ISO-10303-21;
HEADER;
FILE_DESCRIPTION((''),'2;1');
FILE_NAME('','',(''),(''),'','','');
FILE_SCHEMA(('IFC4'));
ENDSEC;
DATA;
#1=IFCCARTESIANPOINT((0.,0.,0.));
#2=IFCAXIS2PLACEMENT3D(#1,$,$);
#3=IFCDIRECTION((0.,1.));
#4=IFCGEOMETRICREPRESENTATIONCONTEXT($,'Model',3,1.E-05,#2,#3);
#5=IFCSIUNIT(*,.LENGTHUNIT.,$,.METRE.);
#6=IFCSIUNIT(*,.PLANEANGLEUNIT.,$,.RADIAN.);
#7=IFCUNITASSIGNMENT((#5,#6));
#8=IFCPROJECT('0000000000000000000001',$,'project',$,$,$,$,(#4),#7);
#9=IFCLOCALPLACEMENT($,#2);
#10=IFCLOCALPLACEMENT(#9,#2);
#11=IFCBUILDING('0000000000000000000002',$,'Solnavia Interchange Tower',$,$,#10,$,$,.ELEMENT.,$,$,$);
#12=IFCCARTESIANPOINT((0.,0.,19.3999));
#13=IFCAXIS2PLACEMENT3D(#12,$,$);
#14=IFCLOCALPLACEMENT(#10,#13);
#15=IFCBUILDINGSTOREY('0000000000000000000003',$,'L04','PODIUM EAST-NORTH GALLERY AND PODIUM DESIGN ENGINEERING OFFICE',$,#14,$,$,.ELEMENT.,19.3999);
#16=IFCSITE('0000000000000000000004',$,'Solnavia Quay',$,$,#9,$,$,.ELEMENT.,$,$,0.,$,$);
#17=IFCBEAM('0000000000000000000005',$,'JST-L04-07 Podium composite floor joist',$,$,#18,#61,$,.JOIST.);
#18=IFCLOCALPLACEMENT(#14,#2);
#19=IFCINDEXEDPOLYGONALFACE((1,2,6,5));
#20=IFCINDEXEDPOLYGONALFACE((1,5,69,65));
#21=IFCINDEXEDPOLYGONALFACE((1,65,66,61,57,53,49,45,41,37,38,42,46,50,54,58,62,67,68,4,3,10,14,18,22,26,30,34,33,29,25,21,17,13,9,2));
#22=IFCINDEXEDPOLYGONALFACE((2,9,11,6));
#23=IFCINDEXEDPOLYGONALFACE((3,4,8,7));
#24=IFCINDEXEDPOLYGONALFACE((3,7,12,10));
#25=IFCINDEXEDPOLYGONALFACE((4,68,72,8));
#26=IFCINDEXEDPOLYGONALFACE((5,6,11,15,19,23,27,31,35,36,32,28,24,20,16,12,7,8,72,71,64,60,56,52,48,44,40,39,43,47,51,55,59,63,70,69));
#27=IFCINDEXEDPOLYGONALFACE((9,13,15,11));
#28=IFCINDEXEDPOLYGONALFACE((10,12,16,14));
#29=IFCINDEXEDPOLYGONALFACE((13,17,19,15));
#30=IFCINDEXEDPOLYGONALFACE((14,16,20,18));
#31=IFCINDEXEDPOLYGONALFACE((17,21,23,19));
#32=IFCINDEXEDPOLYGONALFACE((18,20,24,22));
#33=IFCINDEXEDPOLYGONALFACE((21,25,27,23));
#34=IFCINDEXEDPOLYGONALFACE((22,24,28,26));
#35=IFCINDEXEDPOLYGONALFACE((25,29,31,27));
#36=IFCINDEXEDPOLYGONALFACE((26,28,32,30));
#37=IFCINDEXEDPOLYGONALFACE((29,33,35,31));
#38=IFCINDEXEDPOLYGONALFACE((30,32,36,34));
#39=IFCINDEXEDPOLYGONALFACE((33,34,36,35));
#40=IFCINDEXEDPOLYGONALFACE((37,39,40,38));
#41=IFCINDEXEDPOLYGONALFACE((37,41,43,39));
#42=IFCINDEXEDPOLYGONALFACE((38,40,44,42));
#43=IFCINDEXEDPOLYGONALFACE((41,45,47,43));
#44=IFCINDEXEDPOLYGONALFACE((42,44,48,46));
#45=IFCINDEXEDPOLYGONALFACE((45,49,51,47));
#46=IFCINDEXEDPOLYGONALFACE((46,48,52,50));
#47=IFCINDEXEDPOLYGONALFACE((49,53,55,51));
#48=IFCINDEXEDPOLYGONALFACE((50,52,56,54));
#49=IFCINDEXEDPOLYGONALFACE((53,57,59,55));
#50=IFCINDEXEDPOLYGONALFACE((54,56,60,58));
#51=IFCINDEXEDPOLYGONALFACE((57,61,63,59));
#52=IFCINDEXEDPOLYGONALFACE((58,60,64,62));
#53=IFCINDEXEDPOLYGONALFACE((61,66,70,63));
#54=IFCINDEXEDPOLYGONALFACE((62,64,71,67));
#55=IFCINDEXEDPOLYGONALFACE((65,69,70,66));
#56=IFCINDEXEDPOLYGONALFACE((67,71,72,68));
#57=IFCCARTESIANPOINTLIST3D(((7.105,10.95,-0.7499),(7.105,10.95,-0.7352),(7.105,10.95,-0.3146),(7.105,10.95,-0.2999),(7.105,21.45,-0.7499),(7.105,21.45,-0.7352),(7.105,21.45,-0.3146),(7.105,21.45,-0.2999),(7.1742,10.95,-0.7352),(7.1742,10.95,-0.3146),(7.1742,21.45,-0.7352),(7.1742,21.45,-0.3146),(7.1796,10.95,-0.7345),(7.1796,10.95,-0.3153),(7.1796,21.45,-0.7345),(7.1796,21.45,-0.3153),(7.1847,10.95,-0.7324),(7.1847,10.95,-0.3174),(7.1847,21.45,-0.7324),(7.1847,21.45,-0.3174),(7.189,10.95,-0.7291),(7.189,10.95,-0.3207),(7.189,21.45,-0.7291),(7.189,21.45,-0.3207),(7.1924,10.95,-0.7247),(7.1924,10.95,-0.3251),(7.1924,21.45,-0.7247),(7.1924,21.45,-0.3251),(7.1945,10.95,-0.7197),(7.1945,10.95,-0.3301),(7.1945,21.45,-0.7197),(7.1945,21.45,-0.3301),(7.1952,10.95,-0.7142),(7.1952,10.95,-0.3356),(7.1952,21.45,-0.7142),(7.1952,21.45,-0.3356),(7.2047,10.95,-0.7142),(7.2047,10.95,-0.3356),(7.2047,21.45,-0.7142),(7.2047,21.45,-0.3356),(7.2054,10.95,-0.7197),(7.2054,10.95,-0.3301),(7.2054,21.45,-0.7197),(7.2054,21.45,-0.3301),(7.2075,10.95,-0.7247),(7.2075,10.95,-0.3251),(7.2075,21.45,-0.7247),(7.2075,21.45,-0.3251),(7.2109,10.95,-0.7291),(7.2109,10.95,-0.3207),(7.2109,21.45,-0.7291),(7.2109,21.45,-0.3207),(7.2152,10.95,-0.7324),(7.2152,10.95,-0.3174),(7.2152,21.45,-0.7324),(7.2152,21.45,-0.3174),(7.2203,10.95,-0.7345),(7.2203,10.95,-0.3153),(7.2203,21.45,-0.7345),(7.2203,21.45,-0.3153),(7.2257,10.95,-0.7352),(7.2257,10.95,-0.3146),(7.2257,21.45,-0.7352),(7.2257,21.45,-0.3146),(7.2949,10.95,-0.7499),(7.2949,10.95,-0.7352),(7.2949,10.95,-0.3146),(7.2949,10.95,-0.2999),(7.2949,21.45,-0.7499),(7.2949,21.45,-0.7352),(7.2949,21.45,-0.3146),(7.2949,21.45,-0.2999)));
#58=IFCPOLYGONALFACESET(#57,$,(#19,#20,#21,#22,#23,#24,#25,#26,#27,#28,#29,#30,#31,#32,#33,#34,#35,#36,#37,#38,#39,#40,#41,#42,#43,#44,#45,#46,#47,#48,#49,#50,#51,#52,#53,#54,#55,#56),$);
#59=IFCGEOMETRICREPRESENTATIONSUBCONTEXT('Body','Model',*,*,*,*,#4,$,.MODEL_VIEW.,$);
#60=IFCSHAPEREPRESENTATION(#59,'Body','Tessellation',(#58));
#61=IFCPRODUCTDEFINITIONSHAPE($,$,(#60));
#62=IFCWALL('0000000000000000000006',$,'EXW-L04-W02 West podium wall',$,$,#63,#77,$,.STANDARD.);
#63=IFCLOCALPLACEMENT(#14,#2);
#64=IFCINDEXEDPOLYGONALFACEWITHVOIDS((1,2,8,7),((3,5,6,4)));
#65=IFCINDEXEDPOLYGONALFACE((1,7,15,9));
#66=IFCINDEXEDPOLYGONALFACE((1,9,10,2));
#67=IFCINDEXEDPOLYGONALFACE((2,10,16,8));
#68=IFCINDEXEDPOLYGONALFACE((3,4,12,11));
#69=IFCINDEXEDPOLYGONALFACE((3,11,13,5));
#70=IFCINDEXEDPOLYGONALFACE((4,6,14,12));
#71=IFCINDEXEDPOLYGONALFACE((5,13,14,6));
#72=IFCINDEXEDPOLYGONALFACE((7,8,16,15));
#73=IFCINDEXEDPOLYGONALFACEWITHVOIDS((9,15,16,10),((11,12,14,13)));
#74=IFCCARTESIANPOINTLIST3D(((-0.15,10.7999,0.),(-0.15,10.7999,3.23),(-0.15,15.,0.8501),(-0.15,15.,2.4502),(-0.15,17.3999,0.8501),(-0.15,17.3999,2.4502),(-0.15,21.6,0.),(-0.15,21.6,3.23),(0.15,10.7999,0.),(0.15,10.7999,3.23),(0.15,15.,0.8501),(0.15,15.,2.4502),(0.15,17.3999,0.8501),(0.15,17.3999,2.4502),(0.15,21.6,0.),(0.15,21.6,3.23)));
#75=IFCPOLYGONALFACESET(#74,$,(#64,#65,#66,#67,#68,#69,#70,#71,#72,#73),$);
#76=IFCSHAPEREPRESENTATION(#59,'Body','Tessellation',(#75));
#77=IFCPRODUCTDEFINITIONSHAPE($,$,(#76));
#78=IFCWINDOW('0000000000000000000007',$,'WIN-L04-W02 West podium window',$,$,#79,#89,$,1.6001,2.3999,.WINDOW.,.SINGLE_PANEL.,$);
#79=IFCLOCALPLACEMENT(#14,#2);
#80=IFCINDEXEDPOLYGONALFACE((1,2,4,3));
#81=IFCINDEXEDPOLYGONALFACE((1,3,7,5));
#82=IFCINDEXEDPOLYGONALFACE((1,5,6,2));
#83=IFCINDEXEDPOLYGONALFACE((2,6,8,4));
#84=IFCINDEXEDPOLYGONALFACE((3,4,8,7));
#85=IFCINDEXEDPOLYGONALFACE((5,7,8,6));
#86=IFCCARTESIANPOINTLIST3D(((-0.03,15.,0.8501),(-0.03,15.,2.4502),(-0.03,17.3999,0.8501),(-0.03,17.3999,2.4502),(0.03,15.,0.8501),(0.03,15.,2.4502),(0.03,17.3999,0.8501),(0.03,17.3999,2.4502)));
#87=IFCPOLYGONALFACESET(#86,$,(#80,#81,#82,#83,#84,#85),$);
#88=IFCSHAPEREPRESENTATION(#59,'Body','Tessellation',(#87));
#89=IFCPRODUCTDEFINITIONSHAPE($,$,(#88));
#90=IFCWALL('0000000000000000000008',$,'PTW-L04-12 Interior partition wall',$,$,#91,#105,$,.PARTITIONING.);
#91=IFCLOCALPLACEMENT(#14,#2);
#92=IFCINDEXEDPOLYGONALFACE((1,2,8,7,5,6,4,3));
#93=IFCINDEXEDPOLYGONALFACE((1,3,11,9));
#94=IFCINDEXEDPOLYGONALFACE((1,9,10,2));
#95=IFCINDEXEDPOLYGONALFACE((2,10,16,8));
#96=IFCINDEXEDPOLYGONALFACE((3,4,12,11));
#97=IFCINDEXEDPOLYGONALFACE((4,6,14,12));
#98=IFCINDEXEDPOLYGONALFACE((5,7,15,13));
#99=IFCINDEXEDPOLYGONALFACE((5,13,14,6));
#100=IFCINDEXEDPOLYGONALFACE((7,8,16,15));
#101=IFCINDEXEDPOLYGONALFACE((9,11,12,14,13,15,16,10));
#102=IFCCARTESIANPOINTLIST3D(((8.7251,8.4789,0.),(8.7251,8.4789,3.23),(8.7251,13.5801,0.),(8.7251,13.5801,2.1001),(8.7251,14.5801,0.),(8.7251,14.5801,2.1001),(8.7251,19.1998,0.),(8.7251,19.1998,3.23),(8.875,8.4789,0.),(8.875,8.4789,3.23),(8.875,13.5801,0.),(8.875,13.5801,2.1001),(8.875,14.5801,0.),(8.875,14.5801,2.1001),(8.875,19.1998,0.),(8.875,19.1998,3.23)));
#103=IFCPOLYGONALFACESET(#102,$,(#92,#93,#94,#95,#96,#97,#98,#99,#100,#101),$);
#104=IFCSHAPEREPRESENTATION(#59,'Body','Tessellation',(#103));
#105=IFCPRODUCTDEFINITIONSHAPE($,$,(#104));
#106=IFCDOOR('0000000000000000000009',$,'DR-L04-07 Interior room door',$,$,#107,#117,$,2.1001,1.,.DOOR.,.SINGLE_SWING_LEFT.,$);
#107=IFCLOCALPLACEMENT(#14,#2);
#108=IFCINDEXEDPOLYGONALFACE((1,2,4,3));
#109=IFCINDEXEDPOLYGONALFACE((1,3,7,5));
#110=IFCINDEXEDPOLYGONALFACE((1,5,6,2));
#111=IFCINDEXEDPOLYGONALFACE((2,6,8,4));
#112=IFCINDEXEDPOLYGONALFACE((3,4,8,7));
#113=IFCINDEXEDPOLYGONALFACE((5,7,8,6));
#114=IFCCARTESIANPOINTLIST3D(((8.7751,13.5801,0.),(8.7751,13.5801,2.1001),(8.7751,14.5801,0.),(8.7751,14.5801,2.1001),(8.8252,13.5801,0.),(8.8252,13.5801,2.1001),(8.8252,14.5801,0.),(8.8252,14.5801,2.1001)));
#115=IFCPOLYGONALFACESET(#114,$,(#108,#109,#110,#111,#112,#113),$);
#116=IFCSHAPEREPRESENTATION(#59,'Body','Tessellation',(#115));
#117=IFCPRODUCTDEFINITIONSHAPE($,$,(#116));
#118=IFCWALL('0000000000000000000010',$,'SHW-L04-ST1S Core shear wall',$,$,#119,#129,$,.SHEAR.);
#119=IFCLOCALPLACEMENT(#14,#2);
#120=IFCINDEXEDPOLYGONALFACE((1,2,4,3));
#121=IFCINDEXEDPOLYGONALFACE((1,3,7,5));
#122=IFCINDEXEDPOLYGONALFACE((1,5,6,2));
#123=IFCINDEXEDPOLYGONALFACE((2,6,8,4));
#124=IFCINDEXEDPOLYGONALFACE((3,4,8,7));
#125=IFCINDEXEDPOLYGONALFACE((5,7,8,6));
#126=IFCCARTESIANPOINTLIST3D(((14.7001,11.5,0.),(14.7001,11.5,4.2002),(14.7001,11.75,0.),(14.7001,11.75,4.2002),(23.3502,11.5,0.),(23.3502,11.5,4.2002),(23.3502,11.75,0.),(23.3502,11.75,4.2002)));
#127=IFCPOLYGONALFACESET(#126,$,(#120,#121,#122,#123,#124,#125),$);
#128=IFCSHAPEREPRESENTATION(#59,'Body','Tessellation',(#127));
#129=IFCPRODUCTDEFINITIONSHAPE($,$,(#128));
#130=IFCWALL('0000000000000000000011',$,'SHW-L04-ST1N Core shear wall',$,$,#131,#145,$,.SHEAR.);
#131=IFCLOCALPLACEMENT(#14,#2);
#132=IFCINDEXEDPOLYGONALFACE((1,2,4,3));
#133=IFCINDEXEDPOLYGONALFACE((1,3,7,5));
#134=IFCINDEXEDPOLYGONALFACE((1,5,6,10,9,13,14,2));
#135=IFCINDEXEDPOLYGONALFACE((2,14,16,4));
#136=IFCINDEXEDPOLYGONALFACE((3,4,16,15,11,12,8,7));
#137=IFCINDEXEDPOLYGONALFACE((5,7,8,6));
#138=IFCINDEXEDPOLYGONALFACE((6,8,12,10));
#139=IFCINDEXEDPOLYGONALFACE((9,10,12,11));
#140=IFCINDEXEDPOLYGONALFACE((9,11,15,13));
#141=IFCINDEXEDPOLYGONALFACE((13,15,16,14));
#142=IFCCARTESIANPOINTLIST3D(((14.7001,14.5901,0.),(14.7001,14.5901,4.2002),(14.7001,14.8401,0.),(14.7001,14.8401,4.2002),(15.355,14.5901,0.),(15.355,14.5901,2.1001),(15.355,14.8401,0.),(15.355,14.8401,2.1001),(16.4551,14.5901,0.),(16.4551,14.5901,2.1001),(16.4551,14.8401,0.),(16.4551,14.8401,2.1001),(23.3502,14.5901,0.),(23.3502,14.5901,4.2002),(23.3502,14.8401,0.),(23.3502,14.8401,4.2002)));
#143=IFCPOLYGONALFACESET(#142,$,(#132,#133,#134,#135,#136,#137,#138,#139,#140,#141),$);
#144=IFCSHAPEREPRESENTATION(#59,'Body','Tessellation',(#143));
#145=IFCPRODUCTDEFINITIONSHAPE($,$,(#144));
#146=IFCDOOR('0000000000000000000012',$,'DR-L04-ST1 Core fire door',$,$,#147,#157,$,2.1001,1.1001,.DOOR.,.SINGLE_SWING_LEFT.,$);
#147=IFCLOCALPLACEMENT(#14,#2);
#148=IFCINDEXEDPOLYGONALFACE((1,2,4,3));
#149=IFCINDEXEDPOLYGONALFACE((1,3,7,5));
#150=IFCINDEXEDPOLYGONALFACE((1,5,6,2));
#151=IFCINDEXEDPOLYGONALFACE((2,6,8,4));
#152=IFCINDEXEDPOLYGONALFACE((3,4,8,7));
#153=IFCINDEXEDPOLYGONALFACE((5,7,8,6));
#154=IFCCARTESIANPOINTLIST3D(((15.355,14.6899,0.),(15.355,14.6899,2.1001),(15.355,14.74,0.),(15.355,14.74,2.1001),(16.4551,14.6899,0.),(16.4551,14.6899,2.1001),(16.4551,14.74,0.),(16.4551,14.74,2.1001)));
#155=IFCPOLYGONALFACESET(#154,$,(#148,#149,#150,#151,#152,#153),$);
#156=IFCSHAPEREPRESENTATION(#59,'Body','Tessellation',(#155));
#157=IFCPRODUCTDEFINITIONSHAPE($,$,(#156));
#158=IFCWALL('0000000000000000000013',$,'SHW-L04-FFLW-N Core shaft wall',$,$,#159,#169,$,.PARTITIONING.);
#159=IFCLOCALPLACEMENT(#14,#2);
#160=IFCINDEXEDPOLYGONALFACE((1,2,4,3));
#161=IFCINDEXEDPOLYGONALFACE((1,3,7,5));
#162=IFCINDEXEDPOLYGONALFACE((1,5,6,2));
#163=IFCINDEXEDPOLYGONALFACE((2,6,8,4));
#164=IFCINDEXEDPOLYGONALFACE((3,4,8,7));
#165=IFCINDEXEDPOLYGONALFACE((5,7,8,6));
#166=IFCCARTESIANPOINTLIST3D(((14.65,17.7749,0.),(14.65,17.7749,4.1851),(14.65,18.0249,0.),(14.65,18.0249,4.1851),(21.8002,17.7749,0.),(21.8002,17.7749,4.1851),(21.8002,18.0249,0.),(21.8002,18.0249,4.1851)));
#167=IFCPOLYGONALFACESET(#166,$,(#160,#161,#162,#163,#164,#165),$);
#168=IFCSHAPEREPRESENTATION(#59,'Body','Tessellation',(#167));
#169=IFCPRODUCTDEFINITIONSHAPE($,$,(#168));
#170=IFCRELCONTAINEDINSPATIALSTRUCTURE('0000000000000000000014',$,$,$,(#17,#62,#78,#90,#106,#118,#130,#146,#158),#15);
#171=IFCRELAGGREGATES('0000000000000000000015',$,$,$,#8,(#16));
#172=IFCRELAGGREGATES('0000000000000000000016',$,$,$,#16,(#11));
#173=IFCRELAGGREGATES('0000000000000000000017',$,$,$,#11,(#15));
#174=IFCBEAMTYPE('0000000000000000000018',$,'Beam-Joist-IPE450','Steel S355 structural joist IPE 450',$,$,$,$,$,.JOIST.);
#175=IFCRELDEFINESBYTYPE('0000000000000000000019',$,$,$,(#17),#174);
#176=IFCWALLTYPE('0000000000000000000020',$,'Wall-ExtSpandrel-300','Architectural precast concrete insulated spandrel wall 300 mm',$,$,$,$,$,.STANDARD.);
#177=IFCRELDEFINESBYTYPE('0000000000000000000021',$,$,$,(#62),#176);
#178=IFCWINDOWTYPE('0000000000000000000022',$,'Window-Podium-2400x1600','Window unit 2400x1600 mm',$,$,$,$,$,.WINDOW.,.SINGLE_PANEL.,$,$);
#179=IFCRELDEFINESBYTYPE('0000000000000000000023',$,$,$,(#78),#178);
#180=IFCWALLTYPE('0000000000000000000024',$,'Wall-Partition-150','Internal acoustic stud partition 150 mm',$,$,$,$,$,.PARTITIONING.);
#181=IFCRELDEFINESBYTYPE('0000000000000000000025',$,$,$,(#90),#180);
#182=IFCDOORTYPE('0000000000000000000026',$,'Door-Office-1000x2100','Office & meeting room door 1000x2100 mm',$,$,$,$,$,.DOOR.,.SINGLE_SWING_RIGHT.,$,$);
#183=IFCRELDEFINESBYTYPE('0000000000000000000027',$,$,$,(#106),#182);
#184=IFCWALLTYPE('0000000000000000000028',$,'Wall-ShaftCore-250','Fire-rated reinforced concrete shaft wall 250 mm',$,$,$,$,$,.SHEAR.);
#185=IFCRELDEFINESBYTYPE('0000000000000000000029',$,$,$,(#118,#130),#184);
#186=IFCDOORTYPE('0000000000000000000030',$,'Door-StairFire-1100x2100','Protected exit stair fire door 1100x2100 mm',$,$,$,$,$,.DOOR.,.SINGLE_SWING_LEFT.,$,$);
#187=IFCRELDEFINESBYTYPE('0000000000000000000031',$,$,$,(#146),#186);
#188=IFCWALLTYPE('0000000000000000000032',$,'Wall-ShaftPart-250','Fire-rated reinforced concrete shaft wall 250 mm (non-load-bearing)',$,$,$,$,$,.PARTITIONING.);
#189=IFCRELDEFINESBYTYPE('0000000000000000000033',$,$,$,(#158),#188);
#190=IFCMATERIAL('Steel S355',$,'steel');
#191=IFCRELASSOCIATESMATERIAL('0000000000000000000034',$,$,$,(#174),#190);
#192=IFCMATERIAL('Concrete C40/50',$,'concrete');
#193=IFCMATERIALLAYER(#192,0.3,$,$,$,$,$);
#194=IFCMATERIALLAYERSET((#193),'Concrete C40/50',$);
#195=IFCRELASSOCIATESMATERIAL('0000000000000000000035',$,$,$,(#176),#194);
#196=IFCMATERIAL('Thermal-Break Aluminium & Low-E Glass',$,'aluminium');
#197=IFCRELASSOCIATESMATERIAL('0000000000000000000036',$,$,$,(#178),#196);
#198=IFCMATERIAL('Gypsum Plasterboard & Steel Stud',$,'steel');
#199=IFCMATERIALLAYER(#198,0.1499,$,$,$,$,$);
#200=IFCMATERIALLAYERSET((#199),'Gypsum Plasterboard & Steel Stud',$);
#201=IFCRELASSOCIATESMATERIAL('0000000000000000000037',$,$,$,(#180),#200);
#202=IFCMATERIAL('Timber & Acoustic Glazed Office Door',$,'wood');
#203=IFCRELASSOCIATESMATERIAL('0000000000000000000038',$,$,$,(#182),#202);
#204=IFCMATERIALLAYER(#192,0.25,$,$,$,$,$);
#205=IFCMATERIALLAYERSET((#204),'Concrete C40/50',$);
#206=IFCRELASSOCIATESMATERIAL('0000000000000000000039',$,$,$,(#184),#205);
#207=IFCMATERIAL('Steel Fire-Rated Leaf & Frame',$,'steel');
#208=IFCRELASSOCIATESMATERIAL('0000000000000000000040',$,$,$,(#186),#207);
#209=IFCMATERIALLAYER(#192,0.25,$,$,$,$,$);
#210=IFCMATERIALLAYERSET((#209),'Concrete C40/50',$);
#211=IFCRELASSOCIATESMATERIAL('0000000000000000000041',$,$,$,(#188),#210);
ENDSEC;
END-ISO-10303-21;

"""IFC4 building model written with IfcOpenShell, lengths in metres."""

from ifc_helpers import new_model, si_unit, direction, frame, frame_2d, origin, origin_2d, place, context, subcontext, project, spatial, rectangle, i_section, extrude, material, layer, layer_set, material_profile, profile_set, type_object, element, fill, save


model = new_model("IFC4")

# Units and contexts
model_context = context("Model", 3, precision=1e-05, world=origin(), true_north=direction((0.0, 1.0)))
body_context = subcontext(model_context, "Body", "Model", "MODEL_VIEW")
ifc_project = project(units=[si_unit("LENGTHUNIT", "METRE"), si_unit("PLANEANGLEUNIT", "RADIAN")], contexts=[model_context])

# Site, building, storey
site_placement = place(None, origin())
site = spatial("IfcSite", under=ifc_project, at=site_placement, Name="Solnavia Quay", CompositionType="ELEMENT", RefElevation=0.0)
building_placement = place(site_placement, origin())
building = spatial("IfcBuilding", under=site, at=building_placement, Name="Solnavia Interchange Tower", CompositionType="ELEMENT")
storey_placement = place(building_placement, frame((0.0, 0.0, 19.3999)))
storey = spatial("IfcBuildingStorey", under=building, at=storey_placement, Name="L04", Description="PODIUM EAST-NORTH GALLERY AND PODIUM DESIGN ENGINEERING OFFICE", CompositionType="ELEMENT", Elevation=19.3999)

# Beam
ifc_material_1 = material(Name="Steel S355", Category="steel")
ifc_material_profile_1 = material_profile(ifc_material_1, i_section(OverallWidth=0.1899, OverallDepth=0.45, WebThickness=0.0095, FlangeThickness=0.0146, FilletRadius=0.021, at=origin_2d()), Name="IPE 450")
ifc_profile_set_1 = profile_set([ifc_material_profile_1], Name="Steel S355")
beam_type_1 = type_object("IfcBeamType", Name="Beam-Joist-IPE450", Description="Steel S355 structural joist IPE 450", PredefinedType="JOIST", material=ifc_profile_set_1)
for number, where, z_axis, x_axis, name in (
    (1, (7.2, 10.95, -0.5249), (0.0, 1.0, 0.0), (-1.0, 0.0, 0.0), "JST-L04-07 Podium composite floor joist"),
):
    element("IfcBeam", number, at=place(storey_placement, frame(where, z_axis=z_axis, x_axis=x_axis)), inside=storey, type_object=beam_type_1, Name=name, PredefinedType="JOIST", context=body_context, shape_type="SweptSolid", body=[
        extrude(i_section(OverallWidth=0.1899, OverallDepth=0.45, WebThickness=0.0095, FlangeThickness=0.0146, FilletRadius=0.021, at=origin_2d()), origin(), (0.0, 0.0, 1.0), 10.5),
    ])

# Wall, opening, window
ifc_material_2 = material(Name="Concrete C40/50", Category="concrete")
ifc_layer_1 = layer(ifc_material_2, 0.3)
ifc_layer_set_1 = layer_set([ifc_layer_1], Name="Concrete C40/50")
wall_type_1 = type_object("IfcWallType", Name="Wall-ExtSpandrel-300", Description="Architectural precast concrete insulated spandrel wall 300 mm", PredefinedType="STANDARD", material=ifc_layer_set_1)
wall_1_placement = place(storey_placement, frame((0.0, 10.8, 0.0), z_axis=(0.0, 0.0, 1.0), x_axis=(0.0, 1.0, 0.0)))
wall_1 = element("IfcWall", 2, at=wall_1_placement, inside=storey, type_object=wall_type_1, Name="EXW-L04-W02 West podium wall", PredefinedType="STANDARD", context=body_context, shape_type="SweptSolid", body=[
    extrude(rectangle(XDim=10.8, YDim=0.3, at=frame_2d((5.3999, 0.0))), origin(), (0.0, 0.0, 1.0), 3.23),
])
opening_1_placement = place(wall_1_placement, frame((4.2, 0.0, 0.8501)))
opening_1 = element("IfcOpeningElement", 3, at=opening_1_placement, cuts=wall_1, PredefinedType="OPENING", context=body_context, shape_type="SweptSolid", body=[
    extrude(rectangle(XDim=2.3999, YDim=1.6001, at=frame_2d((1.2, 0.8))), frame((0.0, 0.1602, 0.0), z_axis=(0.0, -1.0, 0.0), x_axis=(1.0, 0.0, 0.0)), (0.0, 0.0, 1.0), 0.3201),
])
ifc_material_3 = material(Name="Thermal-Break Aluminium & Low-E Glass", Category="aluminium")
window_type = type_object("IfcWindowType", Name="Window-Podium-2400x1600", Description="Window unit 2400x1600 mm", PartitioningType="SINGLE_PANEL", PredefinedType="WINDOW", material=ifc_material_3)
window_placement = place(opening_1_placement, origin())
window = element("IfcWindow", 4, at=window_placement, inside=storey, type_object=window_type, Name="WIN-L04-W02 West podium window", OverallHeight=1.6001, OverallWidth=2.3999, PartitioningType="SINGLE_PANEL", PredefinedType="WINDOW", context=body_context, shape_type="SweptSolid", body=[
    extrude(rectangle(XDim=2.3999, YDim=1.6001, at=frame_2d((1.2, 0.8))), frame((0.0, 0.03, 0.0), z_axis=(0.0, -1.0, 0.0), x_axis=(1.0, 0.0, 0.0)), (0.0, 0.0, 1.0), 0.0601),
])
fill(opening_1, window)

# Wall, opening, door
ifc_material_4 = material(Name="Gypsum Plasterboard & Steel Stud", Category="steel")
ifc_layer_2 = layer(ifc_material_4, 0.1499)
ifc_layer_set_2 = layer_set([ifc_layer_2], Name="Gypsum Plasterboard & Steel Stud")
wall_type_2 = type_object("IfcWallType", Name="Wall-Partition-150", Description="Internal acoustic stud partition 150 mm", PredefinedType="PARTITIONING", material=ifc_layer_set_2)
wall_2_placement = place(storey_placement, frame((8.8, 8.479, 0.0), z_axis=(0.0, 0.0, 1.0), x_axis=(0.0, 1.0, 0.0)))
wall_2 = element("IfcWall", 5, at=wall_2_placement, inside=storey, type_object=wall_type_2, Name="PTW-L04-12 Interior partition wall", PredefinedType="PARTITIONING", context=body_context, shape_type="SweptSolid", body=[
    extrude(rectangle(XDim=10.7209, YDim=0.1499, at=frame_2d((5.3604, 0.0))), origin(), (0.0, 0.0, 1.0), 3.23),
])
opening_2_placement = place(wall_2_placement, frame((5.1011, 0.0, 0.0)))
opening_2 = element("IfcOpeningElement", 6, at=opening_2_placement, cuts=wall_2, PredefinedType="OPENING", context=body_context, shape_type="SweptSolid", body=[
    extrude(rectangle(XDim=1.0, YDim=2.1001, at=frame_2d((0.5, 1.05))), frame((0.0, 0.085, 0.0), z_axis=(0.0, -1.0, 0.0), x_axis=(1.0, 0.0, 0.0)), (0.0, 0.0, 1.0), 0.1699),
])
ifc_material_5 = material(Name="Timber & Acoustic Glazed Office Door", Category="wood")
door_type_1 = type_object("IfcDoorType", Name="Door-Office-1000x2100", Description="Office & meeting room door 1000x2100 mm", OperationType="SINGLE_SWING_RIGHT", PredefinedType="DOOR", material=ifc_material_5)
door_1_placement = place(opening_2_placement, origin())
door_1 = element("IfcDoor", 7, at=door_1_placement, inside=storey, type_object=door_type_1, Name="DR-L04-07 Interior room door", OperationType="SINGLE_SWING_LEFT", OverallHeight=2.1001, OverallWidth=1.0, PredefinedType="DOOR", context=body_context, shape_type="SweptSolid", body=[
    extrude(rectangle(XDim=1.0, YDim=2.1001, at=frame_2d((0.5, 1.05))), frame((0.0, 0.0249, 0.0), z_axis=(0.0, -1.0, 0.0), x_axis=(1.0, 0.0, 0.0)), (0.0, 0.0, 1.0), 0.05),
])
fill(opening_2, door_1)

# Wall
ifc_layer_3 = layer(ifc_material_2, 0.25)
ifc_layer_set_3 = layer_set([ifc_layer_3], Name="Concrete C40/50")
wall_type_3 = type_object("IfcWallType", Name="Wall-ShaftCore-250", Description="Fire-rated reinforced concrete shaft wall 250 mm", PredefinedType="SHEAR", material=ifc_layer_set_3)
wall_3_placement = place(storey_placement, frame((14.7, 11.625, 0.0), z_axis=(0.0, 0.0, 1.0), x_axis=(1.0, 0.0, 0.0)))
element("IfcWall", 8, at=wall_3_placement, inside=storey, type_object=wall_type_3, Name="SHW-L04-ST1S Core shear wall", PredefinedType="SHEAR", context=body_context, shape_type="SweptSolid", body=[
    extrude(rectangle(XDim=8.6501, YDim=0.25, at=frame_2d((4.3252, 0.0))), origin(), (0.0, 0.0, 1.0), 4.2002),
])

# Wall, opening, door
wall_4_placement = place(storey_placement, frame((14.7, 14.7151, 0.0), z_axis=(0.0, 0.0, 1.0), x_axis=(1.0, 0.0, 0.0)))
wall_4 = element("IfcWall", 9, at=wall_4_placement, inside=storey, type_object=wall_type_3, Name="SHW-L04-ST1N Core shear wall", PredefinedType="SHEAR", context=body_context, shape_type="SweptSolid", body=[
    extrude(rectangle(XDim=8.6501, YDim=0.25, at=frame_2d((4.3252, 0.0))), origin(), (0.0, 0.0, 1.0), 4.2002),
])
opening_3_placement = place(wall_4_placement, frame((0.655, 0.0, 0.0)))
opening_3 = element("IfcOpeningElement", 10, at=opening_3_placement, cuts=wall_4, PredefinedType="OPENING", context=body_context, shape_type="SweptSolid", body=[
    extrude(rectangle(XDim=1.1001, YDim=2.1001, at=frame_2d((0.55, 1.05))), frame((0.0, 0.135, 0.0), z_axis=(0.0, -1.0, 0.0), x_axis=(1.0, 0.0, 0.0)), (0.0, 0.0, 1.0), 0.27),
])
ifc_material_6 = material(Name="Steel Fire-Rated Leaf & Frame", Category="steel")
door_type_2 = type_object("IfcDoorType", Name="Door-StairFire-1100x2100", Description="Protected exit stair fire door 1100x2100 mm", OperationType="SINGLE_SWING_LEFT", PredefinedType="DOOR", material=ifc_material_6)
door_2_placement = place(opening_3_placement, origin())
door_2 = element("IfcDoor", 11, at=door_2_placement, inside=storey, type_object=door_type_2, Name="DR-L04-ST1 Core fire door", OperationType="SINGLE_SWING_LEFT", OverallHeight=2.1001, OverallWidth=1.1001, PredefinedType="DOOR", context=body_context, shape_type="SweptSolid", body=[
    extrude(rectangle(XDim=1.1001, YDim=2.1001, at=frame_2d((0.55, 1.05))), frame((0.0, 0.0249, 0.0), z_axis=(0.0, -1.0, 0.0), x_axis=(1.0, 0.0, 0.0)), (0.0, 0.0, 1.0), 0.05),
])
fill(opening_3, door_2)

# Wall
ifc_layer_4 = layer(ifc_material_2, 0.25)
ifc_layer_set_4 = layer_set([ifc_layer_4], Name="Concrete C40/50")
wall_type_4 = type_object("IfcWallType", Name="Wall-ShaftPart-250", Description="Fire-rated reinforced concrete shaft wall 250 mm (non-load-bearing)", PredefinedType="PARTITIONING", material=ifc_layer_set_4)
wall_5_placement = place(storey_placement, frame((14.6499, 17.8999, 0.0), z_axis=(0.0, 0.0, 1.0), x_axis=(1.0, 0.0, 0.0)))
element("IfcWall", 12, at=wall_5_placement, inside=storey, type_object=wall_type_4, Name="SHW-L04-FFLW-N Core shaft wall", PredefinedType="PARTITIONING", context=body_context, shape_type="SweptSolid", body=[
    extrude(rectangle(XDim=7.1501, YDim=0.25, at=frame_2d((3.5752, 0.0))), origin(), (0.0, 0.0, 1.0), 4.1851),
])

save(model, "model.ifc")
